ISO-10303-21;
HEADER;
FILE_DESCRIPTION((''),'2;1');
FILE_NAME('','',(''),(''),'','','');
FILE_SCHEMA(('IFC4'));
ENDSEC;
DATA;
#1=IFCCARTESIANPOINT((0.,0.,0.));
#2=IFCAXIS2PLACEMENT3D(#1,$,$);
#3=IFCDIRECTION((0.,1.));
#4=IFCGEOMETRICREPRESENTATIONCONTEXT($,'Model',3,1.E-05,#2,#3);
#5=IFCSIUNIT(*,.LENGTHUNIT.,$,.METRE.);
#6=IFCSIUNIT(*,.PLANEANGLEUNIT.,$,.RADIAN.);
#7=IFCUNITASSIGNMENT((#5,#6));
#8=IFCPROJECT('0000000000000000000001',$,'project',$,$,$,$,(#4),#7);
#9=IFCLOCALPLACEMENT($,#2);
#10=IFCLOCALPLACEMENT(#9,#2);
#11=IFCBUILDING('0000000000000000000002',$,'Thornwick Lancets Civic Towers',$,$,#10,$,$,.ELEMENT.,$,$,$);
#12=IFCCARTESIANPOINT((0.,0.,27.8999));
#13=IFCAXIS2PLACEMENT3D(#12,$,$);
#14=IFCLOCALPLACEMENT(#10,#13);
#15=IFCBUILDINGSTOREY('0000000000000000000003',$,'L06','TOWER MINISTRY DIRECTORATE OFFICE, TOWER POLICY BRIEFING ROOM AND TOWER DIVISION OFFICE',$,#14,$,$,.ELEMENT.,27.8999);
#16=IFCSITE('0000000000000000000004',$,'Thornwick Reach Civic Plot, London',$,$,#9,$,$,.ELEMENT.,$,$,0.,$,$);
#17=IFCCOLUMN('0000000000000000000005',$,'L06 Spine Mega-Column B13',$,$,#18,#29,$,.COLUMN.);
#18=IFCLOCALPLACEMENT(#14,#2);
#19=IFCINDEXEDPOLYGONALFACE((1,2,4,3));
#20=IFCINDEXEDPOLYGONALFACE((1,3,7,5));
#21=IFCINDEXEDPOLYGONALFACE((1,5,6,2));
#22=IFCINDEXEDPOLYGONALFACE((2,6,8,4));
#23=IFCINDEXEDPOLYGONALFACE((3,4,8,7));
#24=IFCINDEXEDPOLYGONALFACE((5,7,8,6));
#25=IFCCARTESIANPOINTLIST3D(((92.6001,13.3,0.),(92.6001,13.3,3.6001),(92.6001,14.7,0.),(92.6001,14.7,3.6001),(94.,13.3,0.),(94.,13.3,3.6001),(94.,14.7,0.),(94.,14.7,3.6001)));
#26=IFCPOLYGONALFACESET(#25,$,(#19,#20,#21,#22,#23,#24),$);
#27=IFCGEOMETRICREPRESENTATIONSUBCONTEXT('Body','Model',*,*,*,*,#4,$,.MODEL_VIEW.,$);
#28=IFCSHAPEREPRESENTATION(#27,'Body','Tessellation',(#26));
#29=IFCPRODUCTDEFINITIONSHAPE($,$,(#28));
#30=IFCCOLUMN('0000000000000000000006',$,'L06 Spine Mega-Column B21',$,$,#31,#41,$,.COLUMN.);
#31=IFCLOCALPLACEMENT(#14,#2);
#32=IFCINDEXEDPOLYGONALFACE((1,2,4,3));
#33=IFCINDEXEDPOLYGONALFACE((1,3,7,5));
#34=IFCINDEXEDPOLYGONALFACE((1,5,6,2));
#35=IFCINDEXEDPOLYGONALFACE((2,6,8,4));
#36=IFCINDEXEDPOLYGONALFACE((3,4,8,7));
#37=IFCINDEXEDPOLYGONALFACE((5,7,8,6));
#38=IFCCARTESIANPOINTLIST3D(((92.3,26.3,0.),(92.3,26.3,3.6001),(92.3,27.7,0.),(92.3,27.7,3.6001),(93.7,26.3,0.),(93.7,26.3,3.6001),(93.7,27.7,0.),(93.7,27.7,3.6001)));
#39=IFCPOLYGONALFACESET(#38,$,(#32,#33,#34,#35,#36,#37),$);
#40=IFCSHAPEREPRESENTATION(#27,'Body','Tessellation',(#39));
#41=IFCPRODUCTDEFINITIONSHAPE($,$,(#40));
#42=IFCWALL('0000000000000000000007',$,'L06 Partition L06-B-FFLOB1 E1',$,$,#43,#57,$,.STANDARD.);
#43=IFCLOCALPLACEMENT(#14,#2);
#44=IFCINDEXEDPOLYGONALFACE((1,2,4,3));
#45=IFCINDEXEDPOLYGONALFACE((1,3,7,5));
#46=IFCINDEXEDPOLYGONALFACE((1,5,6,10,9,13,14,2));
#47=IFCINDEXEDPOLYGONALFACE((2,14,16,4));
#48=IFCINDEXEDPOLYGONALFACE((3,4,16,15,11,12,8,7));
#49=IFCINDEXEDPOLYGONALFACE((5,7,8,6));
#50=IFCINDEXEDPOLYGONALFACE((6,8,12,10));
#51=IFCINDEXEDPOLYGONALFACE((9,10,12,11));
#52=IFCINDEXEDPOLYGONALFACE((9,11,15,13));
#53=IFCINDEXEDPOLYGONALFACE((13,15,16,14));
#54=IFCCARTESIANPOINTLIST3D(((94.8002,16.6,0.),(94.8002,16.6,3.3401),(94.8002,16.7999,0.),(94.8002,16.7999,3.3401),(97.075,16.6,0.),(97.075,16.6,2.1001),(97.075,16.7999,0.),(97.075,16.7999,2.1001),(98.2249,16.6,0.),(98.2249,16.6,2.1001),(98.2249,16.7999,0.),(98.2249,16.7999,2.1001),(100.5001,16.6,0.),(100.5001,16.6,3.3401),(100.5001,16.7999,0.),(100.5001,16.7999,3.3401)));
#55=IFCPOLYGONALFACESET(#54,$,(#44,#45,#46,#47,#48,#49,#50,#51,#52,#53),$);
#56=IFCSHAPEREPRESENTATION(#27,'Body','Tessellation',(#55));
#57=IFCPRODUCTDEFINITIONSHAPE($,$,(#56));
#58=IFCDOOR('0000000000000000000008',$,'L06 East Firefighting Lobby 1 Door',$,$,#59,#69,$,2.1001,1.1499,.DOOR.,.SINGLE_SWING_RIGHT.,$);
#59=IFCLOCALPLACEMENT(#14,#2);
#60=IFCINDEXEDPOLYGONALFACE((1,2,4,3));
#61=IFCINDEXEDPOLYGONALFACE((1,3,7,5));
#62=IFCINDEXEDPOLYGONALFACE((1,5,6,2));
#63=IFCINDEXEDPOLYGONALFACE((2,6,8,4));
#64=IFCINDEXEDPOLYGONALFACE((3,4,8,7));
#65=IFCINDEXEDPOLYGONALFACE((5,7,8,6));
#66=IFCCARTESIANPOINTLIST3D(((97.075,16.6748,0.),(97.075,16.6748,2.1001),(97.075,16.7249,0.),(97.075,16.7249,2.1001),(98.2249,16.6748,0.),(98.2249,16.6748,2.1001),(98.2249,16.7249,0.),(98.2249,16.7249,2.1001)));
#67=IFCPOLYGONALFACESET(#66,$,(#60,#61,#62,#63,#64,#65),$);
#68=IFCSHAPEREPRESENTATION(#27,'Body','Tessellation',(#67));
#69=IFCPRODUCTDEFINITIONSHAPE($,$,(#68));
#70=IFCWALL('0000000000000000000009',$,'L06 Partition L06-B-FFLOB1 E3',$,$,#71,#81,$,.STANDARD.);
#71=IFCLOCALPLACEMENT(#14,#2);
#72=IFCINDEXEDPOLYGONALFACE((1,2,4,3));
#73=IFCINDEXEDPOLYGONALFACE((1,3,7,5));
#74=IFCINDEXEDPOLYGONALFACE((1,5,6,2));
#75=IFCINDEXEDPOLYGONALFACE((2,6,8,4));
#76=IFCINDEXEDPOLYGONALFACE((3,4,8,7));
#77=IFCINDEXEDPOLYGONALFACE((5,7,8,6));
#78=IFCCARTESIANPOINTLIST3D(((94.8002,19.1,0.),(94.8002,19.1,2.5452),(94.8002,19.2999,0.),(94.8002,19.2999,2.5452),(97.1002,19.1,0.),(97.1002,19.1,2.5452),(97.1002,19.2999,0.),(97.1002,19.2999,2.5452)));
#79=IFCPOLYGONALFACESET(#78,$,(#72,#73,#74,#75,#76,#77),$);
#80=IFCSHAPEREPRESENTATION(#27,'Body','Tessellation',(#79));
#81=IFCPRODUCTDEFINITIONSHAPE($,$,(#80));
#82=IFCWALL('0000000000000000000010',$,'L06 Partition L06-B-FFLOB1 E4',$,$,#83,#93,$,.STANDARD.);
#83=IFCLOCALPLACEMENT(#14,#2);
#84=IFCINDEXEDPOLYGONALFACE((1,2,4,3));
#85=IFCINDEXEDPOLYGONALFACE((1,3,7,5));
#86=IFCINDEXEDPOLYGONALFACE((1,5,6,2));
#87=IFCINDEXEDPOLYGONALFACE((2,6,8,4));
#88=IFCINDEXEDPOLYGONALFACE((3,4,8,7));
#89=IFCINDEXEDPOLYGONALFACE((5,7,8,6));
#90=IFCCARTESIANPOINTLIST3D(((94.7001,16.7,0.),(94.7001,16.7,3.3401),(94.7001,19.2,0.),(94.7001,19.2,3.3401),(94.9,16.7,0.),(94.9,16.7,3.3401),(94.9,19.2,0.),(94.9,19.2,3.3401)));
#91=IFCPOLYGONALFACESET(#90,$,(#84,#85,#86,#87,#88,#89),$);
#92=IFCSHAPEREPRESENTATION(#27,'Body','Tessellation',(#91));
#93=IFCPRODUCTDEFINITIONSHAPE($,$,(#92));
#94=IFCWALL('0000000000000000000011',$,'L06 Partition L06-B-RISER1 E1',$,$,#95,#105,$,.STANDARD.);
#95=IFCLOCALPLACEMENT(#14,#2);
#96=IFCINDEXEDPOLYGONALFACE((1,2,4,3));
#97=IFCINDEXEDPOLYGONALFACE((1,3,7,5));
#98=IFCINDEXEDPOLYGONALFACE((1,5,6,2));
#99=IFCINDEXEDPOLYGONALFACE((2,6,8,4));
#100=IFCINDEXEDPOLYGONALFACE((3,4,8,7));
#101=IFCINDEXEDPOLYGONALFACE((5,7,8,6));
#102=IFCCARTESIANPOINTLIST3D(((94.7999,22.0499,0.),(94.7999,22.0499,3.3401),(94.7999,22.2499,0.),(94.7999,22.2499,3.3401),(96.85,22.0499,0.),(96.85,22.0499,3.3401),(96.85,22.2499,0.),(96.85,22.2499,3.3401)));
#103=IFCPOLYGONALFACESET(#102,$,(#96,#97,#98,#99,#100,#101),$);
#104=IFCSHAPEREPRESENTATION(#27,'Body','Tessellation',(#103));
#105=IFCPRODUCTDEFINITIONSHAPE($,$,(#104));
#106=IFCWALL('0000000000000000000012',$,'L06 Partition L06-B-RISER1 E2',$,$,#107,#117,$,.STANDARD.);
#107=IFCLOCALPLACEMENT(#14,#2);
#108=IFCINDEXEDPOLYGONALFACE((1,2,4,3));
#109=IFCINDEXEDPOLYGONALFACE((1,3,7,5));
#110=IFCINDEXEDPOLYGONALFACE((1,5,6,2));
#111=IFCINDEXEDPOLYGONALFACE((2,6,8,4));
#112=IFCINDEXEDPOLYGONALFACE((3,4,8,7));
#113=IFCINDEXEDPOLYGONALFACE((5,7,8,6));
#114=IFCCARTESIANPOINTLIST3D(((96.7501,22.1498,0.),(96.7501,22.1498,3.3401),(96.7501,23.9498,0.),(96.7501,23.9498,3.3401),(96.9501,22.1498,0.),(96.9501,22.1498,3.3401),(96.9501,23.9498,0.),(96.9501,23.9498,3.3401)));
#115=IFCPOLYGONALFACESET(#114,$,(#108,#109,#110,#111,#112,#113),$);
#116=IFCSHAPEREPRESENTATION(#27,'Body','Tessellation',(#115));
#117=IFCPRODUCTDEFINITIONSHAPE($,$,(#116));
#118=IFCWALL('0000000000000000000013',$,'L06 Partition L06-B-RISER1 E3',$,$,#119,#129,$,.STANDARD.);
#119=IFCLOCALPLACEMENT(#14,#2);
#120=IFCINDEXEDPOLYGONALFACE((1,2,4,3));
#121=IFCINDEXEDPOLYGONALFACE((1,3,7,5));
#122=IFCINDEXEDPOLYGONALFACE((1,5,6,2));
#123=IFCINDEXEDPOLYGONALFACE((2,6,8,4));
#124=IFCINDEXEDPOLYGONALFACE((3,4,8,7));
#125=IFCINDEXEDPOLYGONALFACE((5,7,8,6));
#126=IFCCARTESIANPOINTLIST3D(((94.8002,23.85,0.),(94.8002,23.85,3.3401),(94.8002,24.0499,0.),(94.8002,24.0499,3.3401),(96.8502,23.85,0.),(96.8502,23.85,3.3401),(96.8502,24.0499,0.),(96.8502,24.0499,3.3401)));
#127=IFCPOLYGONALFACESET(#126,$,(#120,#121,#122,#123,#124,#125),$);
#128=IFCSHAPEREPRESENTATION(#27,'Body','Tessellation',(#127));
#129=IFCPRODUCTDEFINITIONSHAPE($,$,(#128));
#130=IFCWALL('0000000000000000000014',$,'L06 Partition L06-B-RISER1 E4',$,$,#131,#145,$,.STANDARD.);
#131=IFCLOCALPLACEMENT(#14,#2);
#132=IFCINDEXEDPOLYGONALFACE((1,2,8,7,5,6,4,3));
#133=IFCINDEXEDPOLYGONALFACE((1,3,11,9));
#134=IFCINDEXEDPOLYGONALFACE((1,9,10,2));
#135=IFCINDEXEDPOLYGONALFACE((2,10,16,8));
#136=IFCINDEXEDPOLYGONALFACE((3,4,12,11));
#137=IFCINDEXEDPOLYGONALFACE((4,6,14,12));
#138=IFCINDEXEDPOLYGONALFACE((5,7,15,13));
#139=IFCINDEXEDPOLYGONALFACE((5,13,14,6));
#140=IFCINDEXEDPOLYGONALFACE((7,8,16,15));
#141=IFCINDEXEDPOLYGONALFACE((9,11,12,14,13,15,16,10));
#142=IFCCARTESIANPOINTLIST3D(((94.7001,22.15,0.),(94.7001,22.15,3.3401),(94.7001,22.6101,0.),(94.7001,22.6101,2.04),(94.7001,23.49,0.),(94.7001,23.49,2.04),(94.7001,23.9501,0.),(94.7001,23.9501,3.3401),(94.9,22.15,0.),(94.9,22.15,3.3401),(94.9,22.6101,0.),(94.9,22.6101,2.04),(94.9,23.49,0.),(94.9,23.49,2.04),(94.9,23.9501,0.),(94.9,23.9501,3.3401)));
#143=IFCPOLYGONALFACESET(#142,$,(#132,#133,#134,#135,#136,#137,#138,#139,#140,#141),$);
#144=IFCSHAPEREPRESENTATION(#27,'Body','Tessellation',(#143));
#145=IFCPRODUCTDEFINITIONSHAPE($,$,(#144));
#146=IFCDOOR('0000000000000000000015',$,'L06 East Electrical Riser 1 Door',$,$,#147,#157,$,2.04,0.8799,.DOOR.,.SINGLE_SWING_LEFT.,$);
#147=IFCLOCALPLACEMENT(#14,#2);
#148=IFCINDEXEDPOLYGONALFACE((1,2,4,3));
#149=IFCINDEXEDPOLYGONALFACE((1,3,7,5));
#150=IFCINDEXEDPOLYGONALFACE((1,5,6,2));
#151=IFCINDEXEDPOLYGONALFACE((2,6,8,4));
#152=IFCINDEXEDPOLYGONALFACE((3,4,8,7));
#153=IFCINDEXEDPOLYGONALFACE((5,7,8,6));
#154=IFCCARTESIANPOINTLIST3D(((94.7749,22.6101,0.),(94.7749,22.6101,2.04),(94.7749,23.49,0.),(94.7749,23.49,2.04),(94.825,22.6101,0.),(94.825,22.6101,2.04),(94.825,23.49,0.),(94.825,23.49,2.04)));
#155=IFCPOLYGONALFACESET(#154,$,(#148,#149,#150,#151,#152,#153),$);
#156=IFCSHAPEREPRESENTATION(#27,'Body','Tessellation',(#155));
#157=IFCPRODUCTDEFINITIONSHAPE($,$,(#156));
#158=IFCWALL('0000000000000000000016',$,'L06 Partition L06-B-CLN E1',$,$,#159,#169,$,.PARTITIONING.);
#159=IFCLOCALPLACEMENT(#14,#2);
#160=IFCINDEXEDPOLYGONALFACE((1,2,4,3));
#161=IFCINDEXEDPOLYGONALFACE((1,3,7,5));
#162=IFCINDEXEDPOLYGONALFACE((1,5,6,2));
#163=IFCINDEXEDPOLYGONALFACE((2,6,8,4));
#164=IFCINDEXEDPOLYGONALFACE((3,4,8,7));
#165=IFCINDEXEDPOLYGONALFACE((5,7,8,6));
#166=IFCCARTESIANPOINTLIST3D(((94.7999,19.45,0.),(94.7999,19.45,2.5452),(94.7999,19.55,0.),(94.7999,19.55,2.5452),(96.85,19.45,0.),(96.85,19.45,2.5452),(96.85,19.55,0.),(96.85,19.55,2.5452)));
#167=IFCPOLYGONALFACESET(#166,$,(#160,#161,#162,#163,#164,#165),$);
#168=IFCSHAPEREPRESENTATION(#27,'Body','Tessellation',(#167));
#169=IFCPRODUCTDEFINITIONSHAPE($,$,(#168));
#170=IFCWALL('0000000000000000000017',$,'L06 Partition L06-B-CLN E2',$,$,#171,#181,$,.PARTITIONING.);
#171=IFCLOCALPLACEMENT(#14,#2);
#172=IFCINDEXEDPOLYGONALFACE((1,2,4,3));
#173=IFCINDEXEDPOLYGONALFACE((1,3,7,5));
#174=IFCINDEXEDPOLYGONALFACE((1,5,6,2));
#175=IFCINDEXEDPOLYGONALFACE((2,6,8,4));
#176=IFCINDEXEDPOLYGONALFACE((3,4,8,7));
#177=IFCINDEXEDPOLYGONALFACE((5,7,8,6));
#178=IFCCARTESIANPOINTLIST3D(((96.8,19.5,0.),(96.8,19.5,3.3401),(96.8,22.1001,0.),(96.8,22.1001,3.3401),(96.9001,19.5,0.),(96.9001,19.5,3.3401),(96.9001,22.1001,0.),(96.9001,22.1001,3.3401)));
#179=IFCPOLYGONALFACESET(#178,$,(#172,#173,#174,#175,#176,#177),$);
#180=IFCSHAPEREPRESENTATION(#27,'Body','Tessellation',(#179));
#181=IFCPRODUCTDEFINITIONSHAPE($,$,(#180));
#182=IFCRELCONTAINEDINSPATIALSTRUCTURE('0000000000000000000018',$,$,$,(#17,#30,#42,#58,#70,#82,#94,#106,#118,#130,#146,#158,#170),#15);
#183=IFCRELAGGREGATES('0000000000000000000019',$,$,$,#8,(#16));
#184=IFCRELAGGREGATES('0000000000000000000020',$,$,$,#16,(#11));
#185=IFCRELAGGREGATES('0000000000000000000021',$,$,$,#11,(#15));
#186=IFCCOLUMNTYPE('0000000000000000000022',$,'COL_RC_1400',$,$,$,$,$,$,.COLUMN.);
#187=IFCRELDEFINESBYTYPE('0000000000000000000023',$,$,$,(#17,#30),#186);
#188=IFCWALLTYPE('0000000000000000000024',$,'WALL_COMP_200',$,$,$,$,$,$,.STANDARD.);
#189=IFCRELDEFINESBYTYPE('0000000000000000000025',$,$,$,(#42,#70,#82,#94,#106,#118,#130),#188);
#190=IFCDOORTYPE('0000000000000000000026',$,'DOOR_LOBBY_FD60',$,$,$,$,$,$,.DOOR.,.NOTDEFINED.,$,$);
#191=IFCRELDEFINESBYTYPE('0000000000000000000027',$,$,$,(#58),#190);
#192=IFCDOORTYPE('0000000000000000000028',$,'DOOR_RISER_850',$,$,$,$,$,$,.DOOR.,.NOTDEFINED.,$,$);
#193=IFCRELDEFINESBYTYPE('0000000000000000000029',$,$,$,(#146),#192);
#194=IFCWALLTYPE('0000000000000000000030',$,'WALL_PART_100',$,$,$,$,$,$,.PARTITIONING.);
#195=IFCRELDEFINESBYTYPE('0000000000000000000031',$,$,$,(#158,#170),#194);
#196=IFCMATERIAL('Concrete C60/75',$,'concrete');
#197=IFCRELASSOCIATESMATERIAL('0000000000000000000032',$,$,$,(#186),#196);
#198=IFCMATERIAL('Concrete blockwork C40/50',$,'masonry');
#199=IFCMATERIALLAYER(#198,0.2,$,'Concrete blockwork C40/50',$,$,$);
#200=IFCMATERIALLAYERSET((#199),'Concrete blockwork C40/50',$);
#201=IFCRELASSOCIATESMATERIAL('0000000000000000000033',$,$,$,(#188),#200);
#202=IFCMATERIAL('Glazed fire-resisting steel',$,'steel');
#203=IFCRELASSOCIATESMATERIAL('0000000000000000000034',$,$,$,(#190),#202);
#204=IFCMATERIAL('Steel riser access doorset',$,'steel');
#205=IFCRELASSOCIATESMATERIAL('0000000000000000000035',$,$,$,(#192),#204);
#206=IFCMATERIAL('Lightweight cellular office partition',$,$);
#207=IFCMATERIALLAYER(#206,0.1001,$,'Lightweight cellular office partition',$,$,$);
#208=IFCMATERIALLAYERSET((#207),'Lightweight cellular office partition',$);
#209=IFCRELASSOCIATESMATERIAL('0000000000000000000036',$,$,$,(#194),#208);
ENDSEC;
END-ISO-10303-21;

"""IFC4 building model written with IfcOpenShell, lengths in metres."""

from ifc_helpers import new_model, si_unit, direction, frame, frame_2d, origin, origin_2d, place, context, subcontext, project, spatial, rectangle, extrude, material, layer, layer_set, material_profile, profile_set, type_object, element, fill, save


model = new_model("IFC4")

# Units and contexts
model_context = context("Model", 3, precision=1e-05, world=origin(), true_north=direction((0.0, 1.0)))
body_context = subcontext(model_context, "Body", "Model", "MODEL_VIEW")
ifc_project = project(units=[si_unit("LENGTHUNIT", "METRE"), si_unit("PLANEANGLEUNIT", "RADIAN")], contexts=[model_context])

# Site, building, storey
site_placement = place(None, origin())
site = spatial("IfcSite", under=ifc_project, at=site_placement, Name="Thornwick Reach Civic Plot, London", CompositionType="ELEMENT", RefElevation=0.0)
building_placement = place(site_placement, origin())
building = spatial("IfcBuilding", under=site, at=building_placement, Name="Thornwick Lancets Civic Towers", CompositionType="ELEMENT")
storey_placement = place(building_placement, frame((0.0, 0.0, 27.8999)))
storey = spatial("IfcBuildingStorey", under=building, at=storey_placement, Name="L06", Description="TOWER MINISTRY DIRECTORATE OFFICE, TOWER POLICY BRIEFING ROOM AND TOWER DIVISION OFFICE", CompositionType="ELEMENT", Elevation=27.8999)

# Columns
ifc_material_1 = material(Name="Concrete C60/75", Category="concrete")
ifc_material_profile = material_profile(ifc_material_1, rectangle(XDim=1.3999, YDim=1.3999, at=origin_2d()), Name="RC 1400x1400")
ifc_profile_set = profile_set([ifc_material_profile], Name="Concrete C60/75")
column_type = type_object("IfcColumnType", Name="COL_RC_1400", PredefinedType="COLUMN", material=ifc_profile_set)
for number, where, z_axis, x_axis, name in (
    (1, (93.3, 14.0, 0.0), (0.0, 0.0, 1.0), (1.0, 0.0, 0.0), "L06 Spine Mega-Column B13"),
    (2, (93.0, 27.0, 0.0), (0.0, 0.0, 1.0), (1.0, 0.0, 0.0), "L06 Spine Mega-Column B21"),
):
    element("IfcColumn", number, at=place(storey_placement, frame(where, z_axis=z_axis, x_axis=x_axis)), inside=storey, type_object=column_type, Name=name, PredefinedType="COLUMN", context=body_context, shape_type="SweptSolid", body=[
        extrude(rectangle(XDim=1.3999, YDim=1.3999, at=origin_2d()), origin(), (0.0, 0.0, 1.0), 3.6001),
    ])

# Wall, opening, door
ifc_material_2 = material(Name="Concrete blockwork C40/50", Category="masonry")
ifc_layer_1 = layer(ifc_material_2, 0.2, Name="Concrete blockwork C40/50")
ifc_layer_set_1 = layer_set([ifc_layer_1], Name="Concrete blockwork C40/50")
wall_type_1 = type_object("IfcWallType", Name="WALL_COMP_200", PredefinedType="STANDARD", material=ifc_layer_set_1)
wall_1_placement = place(storey_placement, frame((94.8, 16.7, 0.0), z_axis=(0.0, 0.0, 1.0), x_axis=(1.0, 0.0, 0.0)))
wall_1 = element("IfcWall", 3, at=wall_1_placement, inside=storey, type_object=wall_type_1, Name="L06 Partition L06-B-FFLOB1 E1", PredefinedType="STANDARD", context=body_context, shape_type="SweptSolid", body=[
    extrude(rectangle(XDim=5.7, YDim=0.2, at=frame_2d((2.8501, 0.0))), origin(), (0.0, 0.0, 1.0), 3.3401),
])
opening_1_placement = place(wall_1_placement, frame((2.2749, 0.0, 0.0)))
opening_1 = element("IfcOpeningElement", 4, at=opening_1_placement, cuts=wall_1, PredefinedType="OPENING", context=body_context, shape_type="SweptSolid", body=[
    extrude(rectangle(XDim=1.1499, YDim=2.1001, at=frame_2d((0.575, 1.05))), frame((0.0, 0.1099, 0.0), z_axis=(0.0, -1.0, 0.0), x_axis=(1.0, 0.0, 0.0)), (0.0, 0.0, 1.0), 0.22),
])
ifc_material_3 = material(Name="Glazed fire-resisting steel", Category="steel")
door_type_1 = type_object("IfcDoorType", Name="DOOR_LOBBY_FD60", OperationType="NOTDEFINED", PredefinedType="DOOR", material=ifc_material_3)
door_1_placement = place(opening_1_placement, origin())
door_1 = element("IfcDoor", 5, at=door_1_placement, inside=storey, type_object=door_type_1, Name="L06 East Firefighting Lobby 1 Door", OperationType="SINGLE_SWING_RIGHT", OverallHeight=2.1001, OverallWidth=1.1499, PredefinedType="DOOR", context=body_context, shape_type="SweptSolid", body=[
    extrude(rectangle(XDim=1.1499, YDim=2.1001, at=frame_2d((0.575, 1.05))), frame((0.0, 0.0249, 0.0), z_axis=(0.0, -1.0, 0.0), x_axis=(1.0, 0.0, 0.0)), (0.0, 0.0, 1.0), 0.05),
])
fill(opening_1, door_1)

# Walls
wall_2_placement = place(storey_placement, frame((97.1001, 19.2, 0.0), z_axis=(0.0, 0.0, 1.0), x_axis=(-1.0, 0.0, 0.0)))
element("IfcWall", 6, at=wall_2_placement, inside=storey, type_object=wall_type_1, Name="L06 Partition L06-B-FFLOB1 E3", PredefinedType="STANDARD", context=body_context, shape_type="SweptSolid", body=[
    extrude(rectangle(XDim=2.3, YDim=0.2, at=frame_2d((1.1499, 0.0))), origin(), (0.0, 0.0, 1.0), 2.5452),
])
wall_3_placement = place(storey_placement, frame((94.8, 19.2, 0.0), z_axis=(0.0, 0.0, 1.0), x_axis=(0.0, -1.0, 0.0)))
element("IfcWall", 7, at=wall_3_placement, inside=storey, type_object=wall_type_1, Name="L06 Partition L06-B-FFLOB1 E4", PredefinedType="STANDARD", context=body_context, shape_type="SweptSolid", body=[
    extrude(rectangle(XDim=2.5, YDim=0.2, at=frame_2d((1.25, 0.0))), origin(), (0.0, 0.0, 1.0), 3.3401),
])
wall_4_placement = place(storey_placement, frame((94.8, 22.1499, 0.0), z_axis=(0.0, 0.0, 1.0), x_axis=(1.0, 0.0, 0.0)))
element("IfcWall", 8, at=wall_4_placement, inside=storey, type_object=wall_type_1, Name="L06 Partition L06-B-RISER1 E1", PredefinedType="STANDARD", context=body_context, shape_type="SweptSolid", body=[
    extrude(rectangle(XDim=2.05, YDim=0.2, at=frame_2d((1.0249, 0.0))), origin(), (0.0, 0.0, 1.0), 3.3401),
])
wall_5_placement = place(storey_placement, frame((96.8501, 22.1499, 0.0), z_axis=(0.0, 0.0, 1.0), x_axis=(0.0, 1.0, 0.0)))
element("IfcWall", 9, at=wall_5_placement, inside=storey, type_object=wall_type_1, Name="L06 Partition L06-B-RISER1 E2", PredefinedType="STANDARD", context=body_context, shape_type="SweptSolid", body=[
    extrude(rectangle(XDim=1.8, YDim=0.2, at=frame_2d((0.8999, 0.0))), origin(), (0.0, 0.0, 1.0), 3.3401),
])
wall_6_placement = place(storey_placement, frame((96.8501, 23.95, 0.0), z_axis=(0.0, 0.0, 1.0), x_axis=(-1.0, 0.0, 0.0)))
element("IfcWall", 10, at=wall_6_placement, inside=storey, type_object=wall_type_1, Name="L06 Partition L06-B-RISER1 E3", PredefinedType="STANDARD", context=body_context, shape_type="SweptSolid", body=[
    extrude(rectangle(XDim=2.05, YDim=0.2, at=frame_2d((1.0249, 0.0))), origin(), (0.0, 0.0, 1.0), 3.3401),
])

# Wall, opening, door
wall_7_placement = place(storey_placement, frame((94.8, 23.95, 0.0), z_axis=(0.0, 0.0, 1.0), x_axis=(0.0, -1.0, 0.0)))
wall_7 = element("IfcWall", 11, at=wall_7_placement, inside=storey, type_object=wall_type_1, Name="L06 Partition L06-B-RISER1 E4", PredefinedType="STANDARD", context=body_context, shape_type="SweptSolid", body=[
    extrude(rectangle(XDim=1.8, YDim=0.2, at=frame_2d((0.8999, 0.0))), origin(), (0.0, 0.0, 1.0), 3.3401),
])
opening_2_placement = place(wall_7_placement, frame((0.46, 0.0, 0.0)))
opening_2 = element("IfcOpeningElement", 12, at=opening_2_placement, cuts=wall_7, PredefinedType="OPENING", context=body_context, shape_type="SweptSolid", body=[
    extrude(rectangle(XDim=0.8799, YDim=2.04, at=frame_2d((0.4399, 1.02))), frame((0.0, 0.1099, 0.0), z_axis=(0.0, -1.0, 0.0), x_axis=(1.0, 0.0, 0.0)), (0.0, 0.0, 1.0), 0.22),
])
ifc_material_4 = material(Name="Steel riser access doorset", Category="steel")
door_type_2 = type_object("IfcDoorType", Name="DOOR_RISER_850", OperationType="NOTDEFINED", PredefinedType="DOOR", material=ifc_material_4)
door_2_placement = place(opening_2_placement, origin())
door_2 = element("IfcDoor", 13, at=door_2_placement, inside=storey, type_object=door_type_2, Name="L06 East Electrical Riser 1 Door", OperationType="SINGLE_SWING_LEFT", OverallHeight=2.04, OverallWidth=0.8799, PredefinedType="DOOR", context=body_context, shape_type="SweptSolid", body=[
    extrude(rectangle(XDim=0.8799, YDim=2.04, at=frame_2d((0.4399, 1.02))), frame((0.0, 0.0249, 0.0), z_axis=(0.0, -1.0, 0.0), x_axis=(1.0, 0.0, 0.0)), (0.0, 0.0, 1.0), 0.05),
])
fill(opening_2, door_2)

# Walls
ifc_material_5 = material(Name="Lightweight cellular office partition")
ifc_layer_2 = layer(ifc_material_5, 0.1001, Name="Lightweight cellular office partition")
ifc_layer_set_2 = layer_set([ifc_layer_2], Name="Lightweight cellular office partition")
wall_type_2 = type_object("IfcWallType", Name="WALL_PART_100", PredefinedType="PARTITIONING", material=ifc_layer_set_2)
wall_8_placement = place(storey_placement, frame((94.8, 19.5, 0.0), z_axis=(0.0, 0.0, 1.0), x_axis=(1.0, 0.0, 0.0)))
element("IfcWall", 14, at=wall_8_placement, inside=storey, type_object=wall_type_2, Name="L06 Partition L06-B-CLN E1", PredefinedType="PARTITIONING", context=body_context, shape_type="SweptSolid", body=[
    extrude(rectangle(XDim=2.05, YDim=0.1001, at=frame_2d((1.0249, 0.0))), origin(), (0.0, 0.0, 1.0), 2.5452),
])
wall_9_placement = place(storey_placement, frame((96.8501, 19.5, 0.0), z_axis=(0.0, 0.0, 1.0), x_axis=(0.0, 1.0, 0.0)))
element("IfcWall", 15, at=wall_9_placement, inside=storey, type_object=wall_type_2, Name="L06 Partition L06-B-CLN E2", PredefinedType="PARTITIONING", context=body_context, shape_type="SweptSolid", body=[
    extrude(rectangle(XDim=2.6001, YDim=0.1001, at=frame_2d((1.3, 0.0))), origin(), (0.0, 0.0, 1.0), 3.3401),
])

save(model, "model.ifc")
